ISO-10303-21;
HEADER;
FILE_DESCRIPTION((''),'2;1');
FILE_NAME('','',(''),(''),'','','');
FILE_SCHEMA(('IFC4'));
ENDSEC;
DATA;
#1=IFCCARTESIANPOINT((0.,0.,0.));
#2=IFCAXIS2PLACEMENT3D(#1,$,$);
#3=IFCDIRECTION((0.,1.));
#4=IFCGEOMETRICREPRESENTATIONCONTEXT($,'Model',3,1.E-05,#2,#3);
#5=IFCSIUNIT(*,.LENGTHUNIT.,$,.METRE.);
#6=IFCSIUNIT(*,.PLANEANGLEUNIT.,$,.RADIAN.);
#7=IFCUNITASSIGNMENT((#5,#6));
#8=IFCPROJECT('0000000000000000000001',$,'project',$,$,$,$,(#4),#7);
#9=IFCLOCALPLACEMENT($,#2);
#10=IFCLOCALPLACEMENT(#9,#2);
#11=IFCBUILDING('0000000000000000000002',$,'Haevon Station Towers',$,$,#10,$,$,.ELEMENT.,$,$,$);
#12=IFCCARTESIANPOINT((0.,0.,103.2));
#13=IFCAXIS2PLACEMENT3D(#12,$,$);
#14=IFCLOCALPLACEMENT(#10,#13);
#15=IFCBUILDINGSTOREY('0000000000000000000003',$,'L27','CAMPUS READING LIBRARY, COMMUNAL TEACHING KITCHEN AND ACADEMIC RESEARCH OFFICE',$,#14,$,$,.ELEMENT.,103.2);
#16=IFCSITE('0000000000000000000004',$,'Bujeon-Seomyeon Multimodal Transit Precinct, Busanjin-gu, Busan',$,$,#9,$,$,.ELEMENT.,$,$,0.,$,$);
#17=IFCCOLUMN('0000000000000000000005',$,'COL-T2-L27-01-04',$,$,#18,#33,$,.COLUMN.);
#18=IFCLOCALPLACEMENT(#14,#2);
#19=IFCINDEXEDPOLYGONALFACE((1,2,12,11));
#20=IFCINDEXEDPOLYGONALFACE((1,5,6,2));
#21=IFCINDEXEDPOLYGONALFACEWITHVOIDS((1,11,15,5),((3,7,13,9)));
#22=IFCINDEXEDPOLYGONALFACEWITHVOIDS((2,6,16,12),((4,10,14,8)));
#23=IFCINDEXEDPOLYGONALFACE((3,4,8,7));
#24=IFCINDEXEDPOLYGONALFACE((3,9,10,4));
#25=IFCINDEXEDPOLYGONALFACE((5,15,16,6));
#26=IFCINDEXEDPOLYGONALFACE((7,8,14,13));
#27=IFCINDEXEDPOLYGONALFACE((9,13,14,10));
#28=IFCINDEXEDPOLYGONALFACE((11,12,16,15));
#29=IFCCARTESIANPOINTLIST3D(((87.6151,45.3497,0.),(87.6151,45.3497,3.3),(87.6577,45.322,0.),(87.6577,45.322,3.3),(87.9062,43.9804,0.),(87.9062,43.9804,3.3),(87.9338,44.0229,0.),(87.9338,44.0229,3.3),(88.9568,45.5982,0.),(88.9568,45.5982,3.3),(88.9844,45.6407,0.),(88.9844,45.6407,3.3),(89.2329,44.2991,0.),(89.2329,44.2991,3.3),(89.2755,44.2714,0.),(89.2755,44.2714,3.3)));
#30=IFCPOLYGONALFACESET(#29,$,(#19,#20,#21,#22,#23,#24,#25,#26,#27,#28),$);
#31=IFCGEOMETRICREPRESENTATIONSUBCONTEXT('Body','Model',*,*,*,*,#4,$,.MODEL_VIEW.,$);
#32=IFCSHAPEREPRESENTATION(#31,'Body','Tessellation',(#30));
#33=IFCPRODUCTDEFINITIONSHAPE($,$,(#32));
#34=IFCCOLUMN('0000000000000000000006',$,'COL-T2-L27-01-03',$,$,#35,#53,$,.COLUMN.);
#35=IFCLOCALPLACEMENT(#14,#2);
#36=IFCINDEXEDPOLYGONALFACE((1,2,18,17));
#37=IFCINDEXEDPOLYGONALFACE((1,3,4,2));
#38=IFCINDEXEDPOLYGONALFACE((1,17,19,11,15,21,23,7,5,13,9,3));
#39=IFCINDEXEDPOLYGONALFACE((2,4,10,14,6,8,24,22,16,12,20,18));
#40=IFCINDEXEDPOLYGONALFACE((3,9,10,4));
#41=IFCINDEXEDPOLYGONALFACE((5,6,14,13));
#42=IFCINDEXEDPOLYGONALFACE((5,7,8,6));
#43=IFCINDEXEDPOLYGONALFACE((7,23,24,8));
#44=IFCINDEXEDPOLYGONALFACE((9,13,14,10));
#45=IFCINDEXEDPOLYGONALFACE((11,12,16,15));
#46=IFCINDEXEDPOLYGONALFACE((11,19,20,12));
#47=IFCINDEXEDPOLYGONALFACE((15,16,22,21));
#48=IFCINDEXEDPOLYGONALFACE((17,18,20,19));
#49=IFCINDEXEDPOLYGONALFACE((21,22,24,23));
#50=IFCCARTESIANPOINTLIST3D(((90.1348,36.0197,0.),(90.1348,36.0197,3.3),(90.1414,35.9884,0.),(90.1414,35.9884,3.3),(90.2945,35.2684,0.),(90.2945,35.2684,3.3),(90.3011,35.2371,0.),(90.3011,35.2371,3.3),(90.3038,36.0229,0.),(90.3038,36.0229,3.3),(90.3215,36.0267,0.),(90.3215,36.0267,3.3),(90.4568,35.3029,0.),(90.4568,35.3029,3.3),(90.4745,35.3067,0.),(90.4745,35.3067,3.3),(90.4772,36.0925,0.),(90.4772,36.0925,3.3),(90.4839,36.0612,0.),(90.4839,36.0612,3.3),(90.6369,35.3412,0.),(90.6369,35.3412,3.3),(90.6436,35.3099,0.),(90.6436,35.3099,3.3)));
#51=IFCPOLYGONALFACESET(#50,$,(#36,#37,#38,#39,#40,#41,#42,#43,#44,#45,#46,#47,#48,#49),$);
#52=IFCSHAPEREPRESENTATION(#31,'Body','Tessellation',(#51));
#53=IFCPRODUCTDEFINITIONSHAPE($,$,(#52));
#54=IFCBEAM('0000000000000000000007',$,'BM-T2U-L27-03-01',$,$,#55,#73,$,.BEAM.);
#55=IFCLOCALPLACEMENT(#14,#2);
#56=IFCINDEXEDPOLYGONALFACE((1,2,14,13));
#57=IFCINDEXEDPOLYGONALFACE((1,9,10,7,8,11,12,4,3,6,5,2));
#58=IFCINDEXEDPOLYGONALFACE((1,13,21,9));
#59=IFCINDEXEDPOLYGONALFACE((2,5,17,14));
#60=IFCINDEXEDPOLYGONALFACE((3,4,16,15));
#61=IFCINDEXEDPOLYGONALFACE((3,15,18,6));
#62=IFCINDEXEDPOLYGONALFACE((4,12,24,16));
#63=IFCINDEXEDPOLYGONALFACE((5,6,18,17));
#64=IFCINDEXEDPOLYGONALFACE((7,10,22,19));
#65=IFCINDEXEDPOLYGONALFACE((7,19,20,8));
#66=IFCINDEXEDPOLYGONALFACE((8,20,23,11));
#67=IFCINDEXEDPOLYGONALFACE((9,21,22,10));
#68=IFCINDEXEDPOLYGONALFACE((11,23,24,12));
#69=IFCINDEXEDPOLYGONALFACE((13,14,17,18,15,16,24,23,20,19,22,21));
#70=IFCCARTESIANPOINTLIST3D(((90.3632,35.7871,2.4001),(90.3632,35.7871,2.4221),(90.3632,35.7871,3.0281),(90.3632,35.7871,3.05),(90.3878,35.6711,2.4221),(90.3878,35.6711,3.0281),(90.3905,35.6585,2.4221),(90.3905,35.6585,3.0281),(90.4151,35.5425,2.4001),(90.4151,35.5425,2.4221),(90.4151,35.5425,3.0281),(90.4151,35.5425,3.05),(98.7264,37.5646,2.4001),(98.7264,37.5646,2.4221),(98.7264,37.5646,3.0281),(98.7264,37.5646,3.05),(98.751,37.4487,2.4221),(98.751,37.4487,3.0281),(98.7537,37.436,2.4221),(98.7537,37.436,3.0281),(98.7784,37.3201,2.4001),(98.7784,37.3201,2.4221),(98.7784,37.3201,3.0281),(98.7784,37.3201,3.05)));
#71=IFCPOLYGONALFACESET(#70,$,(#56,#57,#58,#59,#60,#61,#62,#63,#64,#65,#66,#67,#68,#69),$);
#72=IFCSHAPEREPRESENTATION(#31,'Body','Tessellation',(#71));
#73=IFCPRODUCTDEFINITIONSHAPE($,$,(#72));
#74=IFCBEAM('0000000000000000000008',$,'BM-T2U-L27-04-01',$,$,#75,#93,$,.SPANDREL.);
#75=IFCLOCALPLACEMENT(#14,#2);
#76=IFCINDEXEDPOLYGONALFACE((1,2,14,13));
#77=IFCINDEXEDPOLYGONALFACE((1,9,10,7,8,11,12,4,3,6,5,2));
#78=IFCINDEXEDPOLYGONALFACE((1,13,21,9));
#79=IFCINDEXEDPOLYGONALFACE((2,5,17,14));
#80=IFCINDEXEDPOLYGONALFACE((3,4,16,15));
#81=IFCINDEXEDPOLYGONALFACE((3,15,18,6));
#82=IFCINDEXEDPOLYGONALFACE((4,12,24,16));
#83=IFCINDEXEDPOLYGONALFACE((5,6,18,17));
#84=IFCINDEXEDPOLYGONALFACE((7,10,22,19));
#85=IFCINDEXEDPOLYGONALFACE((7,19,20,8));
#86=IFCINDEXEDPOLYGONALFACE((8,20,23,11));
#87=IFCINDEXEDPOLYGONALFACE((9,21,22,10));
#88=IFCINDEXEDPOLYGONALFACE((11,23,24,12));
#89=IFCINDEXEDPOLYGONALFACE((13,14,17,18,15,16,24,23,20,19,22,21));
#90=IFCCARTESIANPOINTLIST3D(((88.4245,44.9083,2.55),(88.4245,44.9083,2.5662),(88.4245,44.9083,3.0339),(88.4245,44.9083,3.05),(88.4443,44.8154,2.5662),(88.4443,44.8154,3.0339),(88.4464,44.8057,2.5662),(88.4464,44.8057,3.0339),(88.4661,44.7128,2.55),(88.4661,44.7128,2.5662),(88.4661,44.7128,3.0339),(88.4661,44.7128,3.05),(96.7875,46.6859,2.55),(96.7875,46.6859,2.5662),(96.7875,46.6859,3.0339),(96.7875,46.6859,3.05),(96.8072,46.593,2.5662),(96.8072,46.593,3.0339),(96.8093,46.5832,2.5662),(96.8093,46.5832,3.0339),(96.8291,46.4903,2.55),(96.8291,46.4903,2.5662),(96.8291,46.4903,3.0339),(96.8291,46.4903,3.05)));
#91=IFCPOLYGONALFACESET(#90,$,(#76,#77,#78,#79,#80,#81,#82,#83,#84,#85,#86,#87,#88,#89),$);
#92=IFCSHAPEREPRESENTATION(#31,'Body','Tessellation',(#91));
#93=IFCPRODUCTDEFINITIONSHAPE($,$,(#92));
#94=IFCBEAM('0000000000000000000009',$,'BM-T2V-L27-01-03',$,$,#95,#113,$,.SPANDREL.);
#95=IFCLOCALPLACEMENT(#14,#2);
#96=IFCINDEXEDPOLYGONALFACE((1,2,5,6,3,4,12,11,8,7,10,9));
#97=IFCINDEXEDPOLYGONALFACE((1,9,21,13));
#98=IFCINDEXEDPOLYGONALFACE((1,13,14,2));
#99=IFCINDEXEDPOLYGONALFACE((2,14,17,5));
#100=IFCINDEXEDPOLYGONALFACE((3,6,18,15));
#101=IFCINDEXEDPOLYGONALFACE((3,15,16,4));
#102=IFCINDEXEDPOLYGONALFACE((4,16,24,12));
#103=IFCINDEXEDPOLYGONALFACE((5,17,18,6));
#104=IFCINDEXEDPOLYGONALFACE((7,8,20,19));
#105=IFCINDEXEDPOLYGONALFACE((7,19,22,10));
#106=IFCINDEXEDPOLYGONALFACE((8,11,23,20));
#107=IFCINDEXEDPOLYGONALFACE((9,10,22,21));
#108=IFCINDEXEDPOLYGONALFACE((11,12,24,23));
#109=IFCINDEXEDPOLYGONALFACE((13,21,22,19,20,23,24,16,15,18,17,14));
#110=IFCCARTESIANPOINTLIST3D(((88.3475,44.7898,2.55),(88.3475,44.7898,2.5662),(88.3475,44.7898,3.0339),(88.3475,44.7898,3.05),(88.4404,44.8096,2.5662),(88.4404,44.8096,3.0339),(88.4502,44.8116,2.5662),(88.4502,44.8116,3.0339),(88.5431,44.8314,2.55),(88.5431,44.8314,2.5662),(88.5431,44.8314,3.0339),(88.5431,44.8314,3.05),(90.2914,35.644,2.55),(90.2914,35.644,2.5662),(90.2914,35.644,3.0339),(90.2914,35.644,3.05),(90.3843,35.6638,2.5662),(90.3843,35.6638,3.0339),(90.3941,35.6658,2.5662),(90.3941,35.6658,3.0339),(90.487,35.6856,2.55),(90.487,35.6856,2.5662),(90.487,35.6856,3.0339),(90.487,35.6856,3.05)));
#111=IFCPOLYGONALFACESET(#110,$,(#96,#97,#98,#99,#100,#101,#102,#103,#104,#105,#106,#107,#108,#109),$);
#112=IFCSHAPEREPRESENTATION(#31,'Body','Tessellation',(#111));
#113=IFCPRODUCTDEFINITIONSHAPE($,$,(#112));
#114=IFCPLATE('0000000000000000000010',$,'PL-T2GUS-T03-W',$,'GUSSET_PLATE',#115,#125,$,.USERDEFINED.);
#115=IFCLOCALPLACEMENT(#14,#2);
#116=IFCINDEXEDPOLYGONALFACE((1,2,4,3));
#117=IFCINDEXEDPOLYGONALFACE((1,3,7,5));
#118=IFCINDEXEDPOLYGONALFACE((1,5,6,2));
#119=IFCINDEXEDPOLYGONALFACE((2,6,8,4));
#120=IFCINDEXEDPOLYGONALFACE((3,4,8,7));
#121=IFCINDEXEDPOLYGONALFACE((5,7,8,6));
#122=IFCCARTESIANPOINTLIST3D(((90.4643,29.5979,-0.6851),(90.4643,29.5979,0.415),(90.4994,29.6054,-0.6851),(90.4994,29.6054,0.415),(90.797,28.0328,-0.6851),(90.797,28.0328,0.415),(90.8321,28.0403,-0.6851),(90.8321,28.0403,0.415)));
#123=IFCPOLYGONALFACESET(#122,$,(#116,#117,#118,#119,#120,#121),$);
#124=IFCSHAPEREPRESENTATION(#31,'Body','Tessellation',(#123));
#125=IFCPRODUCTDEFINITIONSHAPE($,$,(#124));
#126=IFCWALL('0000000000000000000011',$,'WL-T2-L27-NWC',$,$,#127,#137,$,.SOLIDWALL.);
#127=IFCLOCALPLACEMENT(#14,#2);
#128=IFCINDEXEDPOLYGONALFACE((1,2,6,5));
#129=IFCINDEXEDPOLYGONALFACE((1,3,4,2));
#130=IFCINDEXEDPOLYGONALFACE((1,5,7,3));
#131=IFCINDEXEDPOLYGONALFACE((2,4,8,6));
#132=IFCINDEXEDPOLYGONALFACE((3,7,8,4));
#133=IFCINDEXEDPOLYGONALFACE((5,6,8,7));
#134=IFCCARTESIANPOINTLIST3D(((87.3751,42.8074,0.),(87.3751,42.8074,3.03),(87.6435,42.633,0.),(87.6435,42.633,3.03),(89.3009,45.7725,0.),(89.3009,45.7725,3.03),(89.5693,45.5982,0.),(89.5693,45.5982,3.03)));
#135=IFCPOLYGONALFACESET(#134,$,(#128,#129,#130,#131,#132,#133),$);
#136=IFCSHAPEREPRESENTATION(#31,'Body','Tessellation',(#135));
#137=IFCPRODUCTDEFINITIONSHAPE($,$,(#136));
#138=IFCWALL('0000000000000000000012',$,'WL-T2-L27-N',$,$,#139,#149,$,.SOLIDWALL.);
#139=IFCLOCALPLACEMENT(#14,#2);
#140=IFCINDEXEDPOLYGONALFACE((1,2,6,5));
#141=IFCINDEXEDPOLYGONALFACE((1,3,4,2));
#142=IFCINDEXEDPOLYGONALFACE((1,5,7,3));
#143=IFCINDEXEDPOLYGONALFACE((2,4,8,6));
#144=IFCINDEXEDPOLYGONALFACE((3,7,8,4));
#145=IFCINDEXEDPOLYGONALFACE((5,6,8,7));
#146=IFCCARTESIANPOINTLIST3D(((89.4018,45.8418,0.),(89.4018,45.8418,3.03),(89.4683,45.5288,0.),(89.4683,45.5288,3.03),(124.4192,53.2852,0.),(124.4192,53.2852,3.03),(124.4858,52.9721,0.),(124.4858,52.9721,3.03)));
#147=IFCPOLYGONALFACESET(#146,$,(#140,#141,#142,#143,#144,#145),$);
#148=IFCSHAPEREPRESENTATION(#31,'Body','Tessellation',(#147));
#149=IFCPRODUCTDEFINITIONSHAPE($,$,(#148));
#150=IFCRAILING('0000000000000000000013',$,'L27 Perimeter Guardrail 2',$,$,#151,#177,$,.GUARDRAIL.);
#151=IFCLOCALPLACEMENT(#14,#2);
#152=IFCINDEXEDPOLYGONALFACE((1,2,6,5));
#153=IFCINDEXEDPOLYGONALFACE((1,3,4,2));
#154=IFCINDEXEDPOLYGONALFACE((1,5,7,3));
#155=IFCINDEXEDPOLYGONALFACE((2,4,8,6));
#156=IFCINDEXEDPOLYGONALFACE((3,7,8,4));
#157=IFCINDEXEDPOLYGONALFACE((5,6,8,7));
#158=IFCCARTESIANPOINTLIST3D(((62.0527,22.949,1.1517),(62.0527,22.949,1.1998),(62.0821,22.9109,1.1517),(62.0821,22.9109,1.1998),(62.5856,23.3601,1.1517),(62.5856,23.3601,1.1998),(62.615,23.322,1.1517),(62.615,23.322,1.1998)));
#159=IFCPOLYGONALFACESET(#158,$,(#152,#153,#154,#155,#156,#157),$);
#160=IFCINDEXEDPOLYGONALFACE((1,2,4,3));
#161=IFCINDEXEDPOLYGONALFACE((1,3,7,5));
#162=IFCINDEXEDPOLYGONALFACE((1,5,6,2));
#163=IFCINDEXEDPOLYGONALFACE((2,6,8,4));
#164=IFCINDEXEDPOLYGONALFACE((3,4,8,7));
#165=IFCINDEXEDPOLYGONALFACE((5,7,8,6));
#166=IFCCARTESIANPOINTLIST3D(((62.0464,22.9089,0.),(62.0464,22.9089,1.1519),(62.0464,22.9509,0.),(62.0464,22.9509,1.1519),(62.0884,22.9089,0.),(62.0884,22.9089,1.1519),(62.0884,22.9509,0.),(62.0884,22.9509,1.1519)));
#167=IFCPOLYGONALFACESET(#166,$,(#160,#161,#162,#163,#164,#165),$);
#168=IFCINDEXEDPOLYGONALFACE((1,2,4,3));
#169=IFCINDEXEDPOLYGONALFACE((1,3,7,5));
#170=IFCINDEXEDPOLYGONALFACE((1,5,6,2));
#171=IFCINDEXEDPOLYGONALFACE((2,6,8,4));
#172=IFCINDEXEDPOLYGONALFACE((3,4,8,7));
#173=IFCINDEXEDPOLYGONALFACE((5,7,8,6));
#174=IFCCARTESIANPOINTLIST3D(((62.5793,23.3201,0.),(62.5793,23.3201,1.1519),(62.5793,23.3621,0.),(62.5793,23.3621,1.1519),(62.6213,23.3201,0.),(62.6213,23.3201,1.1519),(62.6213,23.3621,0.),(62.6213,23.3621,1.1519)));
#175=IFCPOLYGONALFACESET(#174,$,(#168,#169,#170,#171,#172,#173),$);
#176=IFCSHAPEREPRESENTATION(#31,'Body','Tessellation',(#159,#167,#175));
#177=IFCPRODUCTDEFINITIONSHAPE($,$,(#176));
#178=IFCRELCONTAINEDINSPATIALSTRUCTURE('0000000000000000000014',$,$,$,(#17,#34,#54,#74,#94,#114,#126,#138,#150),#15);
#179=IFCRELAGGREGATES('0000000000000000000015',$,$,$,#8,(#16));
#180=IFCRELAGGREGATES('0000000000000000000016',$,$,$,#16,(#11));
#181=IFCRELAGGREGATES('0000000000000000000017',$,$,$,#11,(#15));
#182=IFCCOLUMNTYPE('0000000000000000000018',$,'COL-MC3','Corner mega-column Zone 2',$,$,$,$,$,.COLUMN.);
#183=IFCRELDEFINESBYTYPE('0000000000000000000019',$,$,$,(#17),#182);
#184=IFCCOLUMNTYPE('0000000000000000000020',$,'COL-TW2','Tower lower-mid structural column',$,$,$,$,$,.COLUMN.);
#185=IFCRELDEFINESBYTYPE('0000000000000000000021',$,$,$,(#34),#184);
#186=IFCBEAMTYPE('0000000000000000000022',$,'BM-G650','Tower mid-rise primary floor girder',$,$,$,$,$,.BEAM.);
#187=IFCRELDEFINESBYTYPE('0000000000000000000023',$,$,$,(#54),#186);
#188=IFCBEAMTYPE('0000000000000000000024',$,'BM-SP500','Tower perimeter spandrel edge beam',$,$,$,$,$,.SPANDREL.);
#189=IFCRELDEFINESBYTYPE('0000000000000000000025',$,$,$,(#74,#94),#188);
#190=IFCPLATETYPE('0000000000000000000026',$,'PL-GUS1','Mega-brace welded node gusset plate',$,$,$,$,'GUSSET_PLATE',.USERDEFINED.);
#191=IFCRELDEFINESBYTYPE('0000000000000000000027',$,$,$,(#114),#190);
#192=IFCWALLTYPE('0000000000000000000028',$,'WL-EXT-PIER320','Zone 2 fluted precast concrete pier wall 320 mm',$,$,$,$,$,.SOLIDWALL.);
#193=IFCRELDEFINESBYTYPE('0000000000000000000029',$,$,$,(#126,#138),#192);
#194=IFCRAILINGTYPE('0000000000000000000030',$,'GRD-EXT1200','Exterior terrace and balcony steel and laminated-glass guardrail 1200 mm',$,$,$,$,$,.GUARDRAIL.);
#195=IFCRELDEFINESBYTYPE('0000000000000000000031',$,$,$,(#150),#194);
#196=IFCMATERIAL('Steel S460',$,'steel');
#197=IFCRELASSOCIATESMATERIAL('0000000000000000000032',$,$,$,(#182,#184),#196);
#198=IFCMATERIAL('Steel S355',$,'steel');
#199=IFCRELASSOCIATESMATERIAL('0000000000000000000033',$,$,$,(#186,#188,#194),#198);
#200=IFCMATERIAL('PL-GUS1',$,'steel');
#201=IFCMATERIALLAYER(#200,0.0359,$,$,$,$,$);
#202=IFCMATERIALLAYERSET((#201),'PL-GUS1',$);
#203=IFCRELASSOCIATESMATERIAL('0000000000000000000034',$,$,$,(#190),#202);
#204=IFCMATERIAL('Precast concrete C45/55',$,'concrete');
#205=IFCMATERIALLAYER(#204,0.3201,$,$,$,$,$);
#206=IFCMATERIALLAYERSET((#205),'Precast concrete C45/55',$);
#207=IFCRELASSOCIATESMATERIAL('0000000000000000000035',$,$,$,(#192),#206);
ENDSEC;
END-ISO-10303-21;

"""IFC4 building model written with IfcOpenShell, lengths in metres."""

from ifc_helpers import new_model, si_unit, direction, frame, frame_2d, origin, origin_2d, place, context, subcontext, project, spatial, rectangle, hollow_rectangle, i_section, extrude, material, layer, layer_set, material_profile, profile_set, type_object, element, save


model = new_model("IFC4")

# Units and contexts
model_context = context("Model", 3, precision=1e-05, world=origin(), true_north=direction((0.0, 1.0)))
body_context = subcontext(model_context, "Body", "Model", "MODEL_VIEW")
ifc_project = project(units=[si_unit("LENGTHUNIT", "METRE"), si_unit("PLANEANGLEUNIT", "RADIAN")], contexts=[model_context])

# Site, building, storey
site_placement = place(None, origin())
site = spatial("IfcSite", under=ifc_project, at=site_placement, Name="Bujeon-Seomyeon Multimodal Transit Precinct, Busanjin-gu, Busan", CompositionType="ELEMENT", RefElevation=0.0)
building_placement = place(site_placement, origin())
building = spatial("IfcBuilding", under=site, at=building_placement, Name="Haevon Station Towers", CompositionType="ELEMENT")
storey_placement = place(building_placement, frame((0.0, 0.0, 103.2)))
storey = spatial("IfcBuildingStorey", under=building, at=storey_placement, Name="L27", Description="CAMPUS READING LIBRARY, COMMUNAL TEACHING KITCHEN AND ACADEMIC RESEARCH OFFICE", CompositionType="ELEMENT", Elevation=103.2)

# Columns
ifc_material_1 = material(Name="Steel S460", Category="steel")
ifc_material_profile_1 = material_profile(ifc_material_1, hollow_rectangle(XDim=1.3999, YDim=1.3999, WallThickness=0.0359, at=origin_2d()), Name="BOX-1400x1400x36")
ifc_profile_set_1 = profile_set([ifc_material_profile_1], Name="Steel S460")
column_type_1 = type_object("IfcColumnType", Name="COL-MC3", Description="Corner mega-column Zone 2", PredefinedType="COLUMN", material=ifc_profile_set_1)
column_1_placement = place(storey_placement, frame((88.4453, 44.8105, 0.0), z_axis=(0.0, 0.0, 1.0), x_axis=(0.978148, 0.207912, 0.0)))
element("IfcColumn", 1, at=column_1_placement, inside=storey, type_object=column_type_1, Name="COL-T2-L27-01-04", PredefinedType="COLUMN", context=body_context, shape_type="SweptSolid", body=[
    extrude(hollow_rectangle(XDim=1.3999, YDim=1.3999, WallThickness=0.0359, at=origin_2d()), origin(), (0.0, 0.0, 1.0), 3.3),
])
ifc_material_profile_2 = material_profile(ifc_material_1, i_section(OverallWidth=0.3501, OverallDepth=0.8, WebThickness=0.0181, FlangeThickness=0.032, at=origin_2d()), Name="H-800x350x18x32")
ifc_profile_set_2 = profile_set([ifc_material_profile_2], Name="Steel S460")
column_type_2 = type_object("IfcColumnType", Name="COL-TW2", Description="Tower lower-mid structural column", PredefinedType="COLUMN", material=ifc_profile_set_2)
column_2_placement = place(storey_placement, frame((90.3892, 35.6648, 0.0), z_axis=(0.0, 0.0, 1.0), x_axis=(0.978148, 0.207912, 0.0)))
element("IfcColumn", 2, at=column_2_placement, inside=storey, type_object=column_type_2, Name="COL-T2-L27-01-03", PredefinedType="COLUMN", context=body_context, shape_type="SweptSolid", body=[
    extrude(i_section(OverallWidth=0.3501, OverallDepth=0.8, WebThickness=0.0181, FlangeThickness=0.032, at=origin_2d()), origin(), (0.0, 0.0, 1.0), 3.3),
])

# Beams
ifc_material_2 = material(Name="Steel S355", Category="steel")
ifc_material_profile_3 = material_profile(ifc_material_2, i_section(OverallWidth=0.25, OverallDepth=0.6499, WebThickness=0.0129, FlangeThickness=0.022, at=origin_2d()), Name="H-650x250x13x22")
ifc_profile_set_3 = profile_set([ifc_material_profile_3], Name="Steel S355")
beam_type_1 = type_object("IfcBeamType", Name="BM-G650", Description="Tower mid-rise primary floor girder", PredefinedType="BEAM", material=ifc_profile_set_3)
beam_1_placement = place(storey_placement, frame((90.3892, 35.6648, 2.7251), z_axis=(0.97815, 0.207902, 0.0), x_axis=(-0.207902, 0.97815, 0.0)))
element("IfcBeam", 3, at=beam_1_placement, inside=storey, type_object=beam_type_1, Name="BM-T2U-L27-03-01", PredefinedType="BEAM", context=body_context, shape_type="SweptSolid", body=[
    extrude(i_section(OverallWidth=0.25, OverallDepth=0.6499, WebThickness=0.0129, FlangeThickness=0.022, at=origin_2d()), origin(), (0.0, 0.0, 1.0), 8.55),
])
ifc_material_profile_4 = material_profile(ifc_material_2, i_section(OverallWidth=0.2, OverallDepth=0.5, WebThickness=0.01, FlangeThickness=0.0161, at=origin_2d()), Name="H-500x200x10x16")
ifc_profile_set_4 = profile_set([ifc_material_profile_4], Name="Steel S355")
beam_type_2 = type_object("IfcBeamType", Name="BM-SP500", Description="Tower perimeter spandrel edge beam", PredefinedType="SPANDREL", material=ifc_profile_set_4)
beam_2_placement = place(storey_placement, frame((88.4453, 44.8105, 2.8), z_axis=(0.978148, 0.207908, 0.0), x_axis=(-0.207908, 0.978148, 0.0)))
element("IfcBeam", 4, at=beam_2_placement, inside=storey, type_object=beam_type_2, Name="BM-T2U-L27-04-01", PredefinedType="SPANDREL", context=body_context, shape_type="SweptSolid", body=[
    extrude(i_section(OverallWidth=0.2, OverallDepth=0.5, WebThickness=0.01, FlangeThickness=0.0161, at=origin_2d()), origin(), (0.0, 0.0, 1.0), 8.5498),
])
beam_3_placement = place(storey_placement, frame((90.3892, 35.6648, 2.8), z_axis=(-0.207897, 0.978151, 0.0), x_axis=(-0.978151, -0.207897, 0.0)))
element("IfcBeam", 5, at=beam_3_placement, inside=storey, type_object=beam_type_2, Name="BM-T2V-L27-01-03", PredefinedType="SPANDREL", context=body_context, shape_type="SweptSolid", body=[
    extrude(i_section(OverallWidth=0.2, OverallDepth=0.5, WebThickness=0.01, FlangeThickness=0.0161, at=origin_2d()), origin(), (0.0, 0.0, 1.0), 9.3501),
])

# Plate
ifc_material_3 = material(Name="PL-GUS1", Category="steel")
ifc_layer_1 = layer(ifc_material_3, 0.0359)
ifc_layer_set_1 = layer_set([ifc_layer_1], Name="PL-GUS1")
plate_type = type_object("IfcPlateType", Name="PL-GUS1", Description="Mega-brace welded node gusset plate", ElementType="GUSSET_PLATE", PredefinedType="USERDEFINED", material=ifc_layer_set_1)
plate_placement = place(storey_placement, frame((90.6482, 28.8191, -0.6851), z_axis=(0.0, 0.0, 1.0), x_axis=(-0.207912, 0.978148, 0.0)))
element("IfcPlate", 6, at=plate_placement, inside=storey, type_object=plate_type, Name="PL-T2GUS-T03-W", ObjectType="GUSSET_PLATE", PredefinedType="USERDEFINED", context=body_context, shape_type="SweptSolid", body=[
    extrude(rectangle(XDim=1.6001, YDim=0.0359, at=origin_2d()), origin(), (0.0, 0.0, 1.0), 1.1001),
])

# Walls
ifc_material_4 = material(Name="Precast concrete C45/55", Category="concrete")
ifc_layer_2 = layer(ifc_material_4, 0.3201)
ifc_layer_set_2 = layer_set([ifc_layer_2], Name="Precast concrete C45/55")
wall_type = type_object("IfcWallType", Name="WL-EXT-PIER320", Description="Zone 2 fluted precast concrete pier wall 320 mm", PredefinedType="SOLIDWALL", material=ifc_layer_set_2)
wall_1_placement = place(storey_placement, frame((87.5093, 42.7202, 0.0), z_axis=(0.0, 0.0, 1.0), x_axis=(0.544685, 0.838641, 0.0)))
element("IfcWall", 7, at=wall_1_placement, inside=storey, type_object=wall_type, Name="WL-T2-L27-NWC", PredefinedType="SOLIDWALL", context=body_context, shape_type="SweptSolid", body=[
    extrude(rectangle(XDim=3.5356, YDim=0.3201, at=frame_2d((1.7678, 0.0))), origin(), (0.0, 0.0, 1.0), 3.03),
])
wall_2_placement = place(storey_placement, frame((89.4351, 45.6853, 0.0), z_axis=(0.0, 0.0, 1.0), x_axis=(0.978147, 0.207916, 0.0)))
element("IfcWall", 8, at=wall_2_placement, inside=storey, type_object=wall_type, Name="WL-T2-L27-N", PredefinedType="SOLIDWALL", context=body_context, shape_type="SweptSolid", body=[
    extrude(rectangle(XDim=35.7998, YDim=0.3201, at=frame_2d((17.8999, 0.0))), origin(), (0.0, 0.0, 1.0), 3.03),
])

# Railing
railing_type = type_object("IfcRailingType", Name="GRD-EXT1200", Description="Exterior terrace and balcony steel and laminated-glass guardrail 1200 mm", PredefinedType="GUARDRAIL", material=ifc_material_2)
railing_1_placement = place(storey_placement, frame((62.0674, 22.9299, 0.0)))
element("IfcRailing", 9, at=railing_1_placement, inside=storey, type_object=railing_type, Name="L27 Perimeter Guardrail 2", PredefinedType="GUARDRAIL", context=body_context, shape_type="SweptSolid", body=[
    extrude(rectangle(XDim=0.0481, YDim=0.0481, at=origin_2d()), frame((0.0, 0.0, 1.1758), z_axis=(0.791787, 0.610797, 0.0), x_axis=(-0.610797, 0.791787, 0.0)), (0.0, 0.0, 1.0), 0.6731),
    extrude(rectangle(XDim=0.042, YDim=0.042, at=origin_2d()), origin(), (0.0, 0.0, 1.0), 1.1519),
    extrude(rectangle(XDim=0.042, YDim=0.042, at=origin_2d()), frame((0.533, 0.4111, 0.0)), (0.0, 0.0, 1.0), 1.1519),
])

save(model, "model.ifc")
